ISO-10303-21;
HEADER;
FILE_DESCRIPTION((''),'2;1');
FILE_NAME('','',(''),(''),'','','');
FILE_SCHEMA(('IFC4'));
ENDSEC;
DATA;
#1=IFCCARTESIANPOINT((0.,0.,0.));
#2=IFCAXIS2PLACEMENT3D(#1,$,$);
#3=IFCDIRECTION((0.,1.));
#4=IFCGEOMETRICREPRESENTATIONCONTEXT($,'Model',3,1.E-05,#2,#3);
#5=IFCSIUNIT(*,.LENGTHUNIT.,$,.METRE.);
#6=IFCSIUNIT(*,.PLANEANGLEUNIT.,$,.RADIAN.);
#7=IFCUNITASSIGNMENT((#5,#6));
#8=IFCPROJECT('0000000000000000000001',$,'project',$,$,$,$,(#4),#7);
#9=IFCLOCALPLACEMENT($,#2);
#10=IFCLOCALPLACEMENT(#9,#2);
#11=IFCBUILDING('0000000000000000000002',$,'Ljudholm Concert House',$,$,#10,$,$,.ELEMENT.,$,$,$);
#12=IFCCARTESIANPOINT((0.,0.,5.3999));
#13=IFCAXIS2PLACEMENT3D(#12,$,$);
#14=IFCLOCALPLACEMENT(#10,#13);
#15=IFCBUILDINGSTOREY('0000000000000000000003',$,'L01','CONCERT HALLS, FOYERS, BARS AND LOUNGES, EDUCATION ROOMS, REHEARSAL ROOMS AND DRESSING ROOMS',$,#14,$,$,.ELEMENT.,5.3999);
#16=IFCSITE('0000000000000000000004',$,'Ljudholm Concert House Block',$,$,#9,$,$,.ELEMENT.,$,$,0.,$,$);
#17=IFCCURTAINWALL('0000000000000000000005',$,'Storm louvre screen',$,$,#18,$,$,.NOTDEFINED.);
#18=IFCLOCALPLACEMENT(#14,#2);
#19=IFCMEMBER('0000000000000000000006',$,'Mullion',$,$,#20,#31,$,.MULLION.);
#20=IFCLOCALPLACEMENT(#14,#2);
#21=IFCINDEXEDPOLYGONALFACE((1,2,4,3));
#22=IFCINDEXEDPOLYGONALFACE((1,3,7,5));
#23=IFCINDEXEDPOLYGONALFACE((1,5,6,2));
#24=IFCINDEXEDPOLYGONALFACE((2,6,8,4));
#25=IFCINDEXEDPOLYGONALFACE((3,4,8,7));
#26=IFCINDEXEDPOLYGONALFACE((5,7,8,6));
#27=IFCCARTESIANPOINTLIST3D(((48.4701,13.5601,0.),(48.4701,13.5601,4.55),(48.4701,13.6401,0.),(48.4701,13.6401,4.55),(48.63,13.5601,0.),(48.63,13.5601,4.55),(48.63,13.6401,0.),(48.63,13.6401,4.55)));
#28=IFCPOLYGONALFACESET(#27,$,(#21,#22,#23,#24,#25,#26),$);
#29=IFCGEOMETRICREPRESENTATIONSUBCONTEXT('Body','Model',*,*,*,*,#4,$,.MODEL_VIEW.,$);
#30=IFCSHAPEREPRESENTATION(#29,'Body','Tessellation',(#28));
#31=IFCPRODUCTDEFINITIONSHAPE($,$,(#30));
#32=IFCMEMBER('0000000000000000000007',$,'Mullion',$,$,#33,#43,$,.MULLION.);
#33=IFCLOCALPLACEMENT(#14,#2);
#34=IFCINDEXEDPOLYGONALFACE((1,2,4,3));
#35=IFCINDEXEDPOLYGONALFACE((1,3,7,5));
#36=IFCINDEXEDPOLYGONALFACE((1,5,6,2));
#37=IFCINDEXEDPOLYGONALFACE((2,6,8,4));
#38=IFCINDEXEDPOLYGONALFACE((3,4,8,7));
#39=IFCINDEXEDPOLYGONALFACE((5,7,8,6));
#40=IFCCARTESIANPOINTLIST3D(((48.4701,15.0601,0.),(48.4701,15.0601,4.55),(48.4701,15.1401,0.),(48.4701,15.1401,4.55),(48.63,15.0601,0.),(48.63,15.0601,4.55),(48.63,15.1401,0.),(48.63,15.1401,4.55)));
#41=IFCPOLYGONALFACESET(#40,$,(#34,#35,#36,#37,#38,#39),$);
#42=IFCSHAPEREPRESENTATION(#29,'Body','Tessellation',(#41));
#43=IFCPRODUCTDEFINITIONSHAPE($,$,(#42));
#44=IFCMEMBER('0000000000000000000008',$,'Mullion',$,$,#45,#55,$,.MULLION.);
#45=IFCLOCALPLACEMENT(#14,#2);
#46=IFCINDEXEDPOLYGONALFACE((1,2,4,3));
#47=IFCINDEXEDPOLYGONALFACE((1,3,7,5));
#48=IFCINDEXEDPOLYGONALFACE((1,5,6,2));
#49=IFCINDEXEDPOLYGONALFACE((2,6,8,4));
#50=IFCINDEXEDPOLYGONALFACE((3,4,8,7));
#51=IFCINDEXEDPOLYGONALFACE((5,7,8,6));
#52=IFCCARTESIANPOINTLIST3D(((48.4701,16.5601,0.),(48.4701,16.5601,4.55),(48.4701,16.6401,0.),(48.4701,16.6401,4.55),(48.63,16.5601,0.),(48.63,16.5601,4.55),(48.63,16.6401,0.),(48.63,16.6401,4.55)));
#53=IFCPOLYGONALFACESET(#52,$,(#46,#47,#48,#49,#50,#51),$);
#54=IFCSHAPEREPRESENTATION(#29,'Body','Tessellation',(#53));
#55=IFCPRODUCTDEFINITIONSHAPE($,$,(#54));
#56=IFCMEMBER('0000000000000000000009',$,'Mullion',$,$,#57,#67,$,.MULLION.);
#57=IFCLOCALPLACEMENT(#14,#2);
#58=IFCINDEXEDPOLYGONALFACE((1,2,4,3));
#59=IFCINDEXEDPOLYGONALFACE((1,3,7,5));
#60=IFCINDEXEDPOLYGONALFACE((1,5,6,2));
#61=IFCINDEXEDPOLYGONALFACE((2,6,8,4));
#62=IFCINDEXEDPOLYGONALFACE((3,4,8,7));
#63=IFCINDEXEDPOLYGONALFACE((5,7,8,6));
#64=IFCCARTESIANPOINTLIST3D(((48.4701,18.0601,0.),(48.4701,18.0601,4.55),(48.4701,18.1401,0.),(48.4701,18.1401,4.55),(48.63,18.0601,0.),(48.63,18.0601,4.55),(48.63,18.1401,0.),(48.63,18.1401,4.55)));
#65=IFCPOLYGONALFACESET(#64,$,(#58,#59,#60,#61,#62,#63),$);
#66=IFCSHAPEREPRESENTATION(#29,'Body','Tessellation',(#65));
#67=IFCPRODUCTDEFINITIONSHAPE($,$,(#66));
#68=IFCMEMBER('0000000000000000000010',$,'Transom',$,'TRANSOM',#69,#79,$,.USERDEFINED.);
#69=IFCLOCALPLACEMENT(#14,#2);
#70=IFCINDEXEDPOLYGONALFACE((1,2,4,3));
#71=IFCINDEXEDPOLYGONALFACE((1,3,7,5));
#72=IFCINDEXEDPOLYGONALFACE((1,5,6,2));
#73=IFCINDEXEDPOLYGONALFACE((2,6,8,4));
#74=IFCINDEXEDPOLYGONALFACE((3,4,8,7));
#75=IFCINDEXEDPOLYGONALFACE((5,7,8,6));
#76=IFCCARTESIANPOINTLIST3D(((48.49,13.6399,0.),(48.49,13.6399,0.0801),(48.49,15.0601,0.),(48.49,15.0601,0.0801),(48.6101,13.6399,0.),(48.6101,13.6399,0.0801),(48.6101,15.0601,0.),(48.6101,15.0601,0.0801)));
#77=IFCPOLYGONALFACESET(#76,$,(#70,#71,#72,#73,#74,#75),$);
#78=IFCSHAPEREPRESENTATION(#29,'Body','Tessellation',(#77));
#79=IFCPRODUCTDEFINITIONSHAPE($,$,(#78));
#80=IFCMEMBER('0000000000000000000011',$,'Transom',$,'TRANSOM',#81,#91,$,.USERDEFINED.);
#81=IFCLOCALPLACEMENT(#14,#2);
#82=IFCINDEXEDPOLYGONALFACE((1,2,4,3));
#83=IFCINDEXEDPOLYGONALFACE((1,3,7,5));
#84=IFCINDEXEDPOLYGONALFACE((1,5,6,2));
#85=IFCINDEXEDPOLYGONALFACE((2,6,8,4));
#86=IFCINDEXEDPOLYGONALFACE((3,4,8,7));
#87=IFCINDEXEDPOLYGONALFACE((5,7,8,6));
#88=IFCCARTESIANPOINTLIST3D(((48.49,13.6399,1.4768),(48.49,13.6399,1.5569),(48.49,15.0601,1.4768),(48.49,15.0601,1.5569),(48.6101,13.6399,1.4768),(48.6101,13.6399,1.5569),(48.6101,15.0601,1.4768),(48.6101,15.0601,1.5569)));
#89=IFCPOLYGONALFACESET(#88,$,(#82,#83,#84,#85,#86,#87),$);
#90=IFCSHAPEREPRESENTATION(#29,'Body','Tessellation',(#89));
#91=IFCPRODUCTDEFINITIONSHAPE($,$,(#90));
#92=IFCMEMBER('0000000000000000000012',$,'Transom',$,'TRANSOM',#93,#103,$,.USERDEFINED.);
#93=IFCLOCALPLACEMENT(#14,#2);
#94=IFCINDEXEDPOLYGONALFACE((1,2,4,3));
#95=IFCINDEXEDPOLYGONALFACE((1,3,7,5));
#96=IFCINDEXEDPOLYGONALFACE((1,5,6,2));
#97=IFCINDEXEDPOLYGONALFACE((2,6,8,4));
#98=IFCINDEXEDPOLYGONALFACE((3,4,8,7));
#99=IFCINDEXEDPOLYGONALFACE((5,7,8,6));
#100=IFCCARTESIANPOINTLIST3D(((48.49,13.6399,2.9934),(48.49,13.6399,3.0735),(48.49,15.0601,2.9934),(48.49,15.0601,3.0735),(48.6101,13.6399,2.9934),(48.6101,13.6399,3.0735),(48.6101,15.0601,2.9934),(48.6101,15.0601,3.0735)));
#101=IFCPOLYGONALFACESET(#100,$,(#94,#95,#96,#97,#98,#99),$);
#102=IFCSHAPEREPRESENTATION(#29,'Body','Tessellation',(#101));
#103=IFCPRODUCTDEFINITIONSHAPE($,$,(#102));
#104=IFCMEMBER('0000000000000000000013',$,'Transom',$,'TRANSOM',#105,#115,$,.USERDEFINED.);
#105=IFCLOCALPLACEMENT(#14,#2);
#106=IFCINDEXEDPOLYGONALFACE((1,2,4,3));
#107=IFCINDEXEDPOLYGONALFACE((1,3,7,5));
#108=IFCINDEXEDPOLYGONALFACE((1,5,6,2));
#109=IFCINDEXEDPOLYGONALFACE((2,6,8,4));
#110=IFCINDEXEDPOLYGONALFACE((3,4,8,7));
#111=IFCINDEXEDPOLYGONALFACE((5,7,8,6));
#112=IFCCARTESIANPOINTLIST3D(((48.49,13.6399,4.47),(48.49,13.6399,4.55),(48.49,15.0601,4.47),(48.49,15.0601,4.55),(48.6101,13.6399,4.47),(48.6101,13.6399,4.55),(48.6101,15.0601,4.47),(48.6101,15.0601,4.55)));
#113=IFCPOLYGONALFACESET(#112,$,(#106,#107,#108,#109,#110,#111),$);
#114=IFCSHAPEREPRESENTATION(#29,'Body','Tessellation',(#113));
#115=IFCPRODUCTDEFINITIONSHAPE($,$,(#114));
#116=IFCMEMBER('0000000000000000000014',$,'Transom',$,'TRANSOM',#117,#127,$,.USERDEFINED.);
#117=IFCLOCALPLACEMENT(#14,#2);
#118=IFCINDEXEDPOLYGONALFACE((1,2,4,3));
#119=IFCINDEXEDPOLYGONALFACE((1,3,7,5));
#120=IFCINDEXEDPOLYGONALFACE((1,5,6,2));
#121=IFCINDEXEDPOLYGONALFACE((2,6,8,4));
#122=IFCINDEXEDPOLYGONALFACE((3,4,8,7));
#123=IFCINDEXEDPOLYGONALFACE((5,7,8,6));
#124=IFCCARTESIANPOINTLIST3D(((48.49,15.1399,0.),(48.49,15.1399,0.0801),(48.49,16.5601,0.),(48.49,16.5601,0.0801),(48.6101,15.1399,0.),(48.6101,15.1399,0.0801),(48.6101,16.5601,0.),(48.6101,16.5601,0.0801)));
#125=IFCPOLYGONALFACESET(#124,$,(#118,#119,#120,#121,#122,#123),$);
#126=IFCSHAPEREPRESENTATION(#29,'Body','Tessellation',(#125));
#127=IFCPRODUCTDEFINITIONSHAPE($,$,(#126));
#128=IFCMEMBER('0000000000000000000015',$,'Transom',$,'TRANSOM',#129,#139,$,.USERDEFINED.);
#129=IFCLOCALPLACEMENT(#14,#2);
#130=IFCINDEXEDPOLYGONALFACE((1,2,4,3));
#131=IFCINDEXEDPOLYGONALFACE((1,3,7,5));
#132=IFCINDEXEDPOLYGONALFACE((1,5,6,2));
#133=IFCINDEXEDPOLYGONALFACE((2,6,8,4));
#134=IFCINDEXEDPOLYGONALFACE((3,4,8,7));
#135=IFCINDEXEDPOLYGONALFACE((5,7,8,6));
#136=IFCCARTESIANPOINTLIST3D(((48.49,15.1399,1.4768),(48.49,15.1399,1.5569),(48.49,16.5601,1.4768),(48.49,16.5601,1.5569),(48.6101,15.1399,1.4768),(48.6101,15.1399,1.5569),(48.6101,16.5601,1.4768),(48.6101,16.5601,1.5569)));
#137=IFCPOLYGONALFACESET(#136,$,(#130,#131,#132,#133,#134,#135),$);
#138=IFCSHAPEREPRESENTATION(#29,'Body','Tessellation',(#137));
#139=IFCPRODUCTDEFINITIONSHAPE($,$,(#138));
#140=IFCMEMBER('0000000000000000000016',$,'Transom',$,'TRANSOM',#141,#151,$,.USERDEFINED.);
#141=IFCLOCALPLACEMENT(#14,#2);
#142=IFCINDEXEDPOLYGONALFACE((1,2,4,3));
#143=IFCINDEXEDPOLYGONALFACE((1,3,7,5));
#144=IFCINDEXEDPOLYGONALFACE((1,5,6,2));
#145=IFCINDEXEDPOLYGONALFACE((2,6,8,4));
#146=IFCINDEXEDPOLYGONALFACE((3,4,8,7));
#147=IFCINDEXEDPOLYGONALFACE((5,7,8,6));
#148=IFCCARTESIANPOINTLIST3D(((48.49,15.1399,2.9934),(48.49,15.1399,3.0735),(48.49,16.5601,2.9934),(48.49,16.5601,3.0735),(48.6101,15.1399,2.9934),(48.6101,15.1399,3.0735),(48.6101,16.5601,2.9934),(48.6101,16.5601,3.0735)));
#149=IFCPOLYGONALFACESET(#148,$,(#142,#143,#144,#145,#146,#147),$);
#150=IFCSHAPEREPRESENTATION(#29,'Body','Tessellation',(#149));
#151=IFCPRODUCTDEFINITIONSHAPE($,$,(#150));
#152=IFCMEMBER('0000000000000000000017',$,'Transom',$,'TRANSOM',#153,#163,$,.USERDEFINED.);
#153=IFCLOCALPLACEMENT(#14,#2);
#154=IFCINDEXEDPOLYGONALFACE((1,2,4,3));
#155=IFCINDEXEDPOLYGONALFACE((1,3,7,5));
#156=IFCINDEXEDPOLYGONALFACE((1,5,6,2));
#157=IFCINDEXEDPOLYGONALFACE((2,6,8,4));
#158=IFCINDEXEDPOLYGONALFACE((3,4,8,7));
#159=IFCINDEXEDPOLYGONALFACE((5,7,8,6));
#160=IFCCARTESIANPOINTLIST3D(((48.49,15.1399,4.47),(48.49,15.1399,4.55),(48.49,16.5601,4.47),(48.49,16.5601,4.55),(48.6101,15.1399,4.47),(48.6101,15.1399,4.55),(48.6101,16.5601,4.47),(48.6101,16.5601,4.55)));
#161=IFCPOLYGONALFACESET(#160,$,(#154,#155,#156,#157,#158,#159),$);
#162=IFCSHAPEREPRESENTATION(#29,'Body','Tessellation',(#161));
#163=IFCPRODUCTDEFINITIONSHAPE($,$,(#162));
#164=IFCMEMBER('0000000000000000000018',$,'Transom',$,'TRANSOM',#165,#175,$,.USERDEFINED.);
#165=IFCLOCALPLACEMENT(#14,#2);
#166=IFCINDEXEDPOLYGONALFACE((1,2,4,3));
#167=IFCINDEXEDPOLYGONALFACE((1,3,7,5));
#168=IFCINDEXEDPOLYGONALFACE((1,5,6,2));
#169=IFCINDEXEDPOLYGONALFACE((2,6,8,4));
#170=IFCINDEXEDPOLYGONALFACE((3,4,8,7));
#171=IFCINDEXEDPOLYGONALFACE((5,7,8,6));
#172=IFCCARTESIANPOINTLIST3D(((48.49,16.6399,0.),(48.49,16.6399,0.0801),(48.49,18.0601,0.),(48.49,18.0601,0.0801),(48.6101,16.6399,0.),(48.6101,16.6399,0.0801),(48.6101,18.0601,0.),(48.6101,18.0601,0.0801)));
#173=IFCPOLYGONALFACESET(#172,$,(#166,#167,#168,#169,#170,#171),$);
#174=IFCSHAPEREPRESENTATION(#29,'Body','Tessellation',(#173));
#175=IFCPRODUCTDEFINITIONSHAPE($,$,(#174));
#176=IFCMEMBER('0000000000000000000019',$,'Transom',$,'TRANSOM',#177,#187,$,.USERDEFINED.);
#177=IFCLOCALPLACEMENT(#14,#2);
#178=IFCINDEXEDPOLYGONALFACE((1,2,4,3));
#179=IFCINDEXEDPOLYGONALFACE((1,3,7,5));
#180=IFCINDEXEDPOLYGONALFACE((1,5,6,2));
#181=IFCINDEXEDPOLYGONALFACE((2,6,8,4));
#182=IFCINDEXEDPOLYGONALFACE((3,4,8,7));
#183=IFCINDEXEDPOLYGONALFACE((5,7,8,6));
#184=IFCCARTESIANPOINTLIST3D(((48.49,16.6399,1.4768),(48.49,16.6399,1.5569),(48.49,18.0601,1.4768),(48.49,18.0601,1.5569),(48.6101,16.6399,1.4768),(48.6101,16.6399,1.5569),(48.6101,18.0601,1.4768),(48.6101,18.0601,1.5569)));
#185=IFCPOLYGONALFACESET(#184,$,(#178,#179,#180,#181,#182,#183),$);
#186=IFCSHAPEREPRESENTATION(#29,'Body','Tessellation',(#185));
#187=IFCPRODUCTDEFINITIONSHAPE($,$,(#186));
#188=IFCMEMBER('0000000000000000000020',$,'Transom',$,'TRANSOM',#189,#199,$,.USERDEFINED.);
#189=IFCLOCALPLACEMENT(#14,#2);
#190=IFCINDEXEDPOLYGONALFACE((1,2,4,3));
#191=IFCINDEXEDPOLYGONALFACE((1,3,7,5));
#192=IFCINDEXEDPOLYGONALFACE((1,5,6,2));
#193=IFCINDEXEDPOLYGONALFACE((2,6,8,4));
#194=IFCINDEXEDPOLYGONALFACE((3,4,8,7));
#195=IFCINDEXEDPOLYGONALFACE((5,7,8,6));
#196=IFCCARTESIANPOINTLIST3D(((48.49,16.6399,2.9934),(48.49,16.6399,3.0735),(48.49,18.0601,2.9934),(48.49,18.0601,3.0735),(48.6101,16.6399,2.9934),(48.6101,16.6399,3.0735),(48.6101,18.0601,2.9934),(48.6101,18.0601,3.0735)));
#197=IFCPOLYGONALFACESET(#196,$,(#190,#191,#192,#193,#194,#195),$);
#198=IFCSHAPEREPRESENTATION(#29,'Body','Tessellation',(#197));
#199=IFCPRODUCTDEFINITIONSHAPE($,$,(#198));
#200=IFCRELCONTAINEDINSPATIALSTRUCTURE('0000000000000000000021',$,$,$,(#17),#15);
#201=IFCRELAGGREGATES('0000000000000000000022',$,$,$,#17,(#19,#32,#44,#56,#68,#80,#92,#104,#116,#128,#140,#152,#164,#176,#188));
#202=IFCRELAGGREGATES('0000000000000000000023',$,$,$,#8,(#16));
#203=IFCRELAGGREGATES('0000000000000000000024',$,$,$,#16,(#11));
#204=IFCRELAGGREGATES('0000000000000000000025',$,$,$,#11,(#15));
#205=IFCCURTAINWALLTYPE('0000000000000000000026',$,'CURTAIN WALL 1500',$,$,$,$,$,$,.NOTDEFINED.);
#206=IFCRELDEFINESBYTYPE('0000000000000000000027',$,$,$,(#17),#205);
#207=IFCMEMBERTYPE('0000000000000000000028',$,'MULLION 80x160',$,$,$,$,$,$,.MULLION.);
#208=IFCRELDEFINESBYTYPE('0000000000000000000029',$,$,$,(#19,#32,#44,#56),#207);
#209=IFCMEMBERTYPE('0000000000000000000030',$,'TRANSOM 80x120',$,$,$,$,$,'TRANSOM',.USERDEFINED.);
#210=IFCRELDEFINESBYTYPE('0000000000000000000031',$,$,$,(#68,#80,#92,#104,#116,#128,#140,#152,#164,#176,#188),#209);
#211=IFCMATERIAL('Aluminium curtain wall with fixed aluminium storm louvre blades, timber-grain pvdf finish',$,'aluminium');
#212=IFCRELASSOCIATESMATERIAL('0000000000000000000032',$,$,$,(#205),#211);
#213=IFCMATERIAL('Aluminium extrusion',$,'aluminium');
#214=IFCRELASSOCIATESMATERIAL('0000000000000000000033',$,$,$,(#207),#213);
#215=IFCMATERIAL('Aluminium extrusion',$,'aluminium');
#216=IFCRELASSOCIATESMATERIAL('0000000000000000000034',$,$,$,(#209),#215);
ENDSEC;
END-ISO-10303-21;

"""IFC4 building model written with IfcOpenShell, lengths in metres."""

from ifc_helpers import new_model, si_unit, direction, frame, origin, origin_2d, place, context, subcontext, project, spatial, rectangle, extrude, material, material_profile, profile_set, type_object, element, aggregate, save


model = new_model("IFC4")

# Units and contexts
model_context = context("Model", 3, precision=1e-05, world=origin(), true_north=direction((0.0, 1.0)))
body_context = subcontext(model_context, "Body", "Model", "MODEL_VIEW")
ifc_project = project(units=[si_unit("LENGTHUNIT", "METRE"), si_unit("PLANEANGLEUNIT", "RADIAN")], contexts=[model_context])

# Site, building, storey
site_placement = place(None, origin())
site = spatial("IfcSite", under=ifc_project, at=site_placement, Name="Ljudholm Concert House Block", CompositionType="ELEMENT", RefElevation=0.0)
building_placement = place(site_placement, origin())
building = spatial("IfcBuilding", under=site, at=building_placement, Name="Ljudholm Concert House", CompositionType="ELEMENT")
storey_placement = place(building_placement, frame((0.0, 0.0, 5.3999)))
storey = spatial("IfcBuildingStorey", under=building, at=storey_placement, Name="L01", Description="CONCERT HALLS, FOYERS, BARS AND LOUNGES, EDUCATION ROOMS, REHEARSAL ROOMS AND DRESSING ROOMS", CompositionType="ELEMENT", Elevation=5.3999)

# Curtain wall, members
ifc_material_1 = material(Name="Aluminium curtain wall with fixed aluminium storm louvre blades, timber-grain pvdf finish", Category="aluminium")
curtain_wall_type = type_object("IfcCurtainWallType", Name="CURTAIN WALL 1500", PredefinedType="NOTDEFINED", material=ifc_material_1)
curtain_wall_placement = place(storey_placement, origin())
curtain_wall = element("IfcCurtainWall", 1, at=curtain_wall_placement, inside=storey, type_object=curtain_wall_type, Name="Storm louvre screen", PredefinedType="NOTDEFINED")
ifc_material_2 = material(Name="Aluminium extrusion", Category="aluminium")
ifc_material_profile_1 = material_profile(ifc_material_2, rectangle(XDim=0.1599, YDim=0.0801, at=origin_2d()), Name="MULLION 80x160")
ifc_profile_set_1 = profile_set([ifc_material_profile_1], Name="Aluminium extrusion")
member_type_1 = type_object("IfcMemberType", Name="MULLION 80x160", PredefinedType="MULLION", material=ifc_profile_set_1)
member_1_placement = place(storey_placement, frame((48.55, 13.6001, 0.0), z_axis=(0.0, 0.0, 1.0), x_axis=(-1.0, 0.0, 0.0)))
member_1 = element("IfcMember", 2, at=member_1_placement, type_object=member_type_1, Name="Mullion", PredefinedType="MULLION", context=body_context, shape_type="SweptSolid", body=[
    extrude(rectangle(XDim=0.1599, YDim=0.0801, at=origin_2d()), origin(), (0.0, 0.0, 1.0), 4.55),
])
member_2_placement = place(storey_placement, frame((48.55, 15.1001, 0.0), z_axis=(0.0, 0.0, 1.0), x_axis=(-1.0, 0.0, 0.0)))
member_2 = element("IfcMember", 3, at=member_2_placement, type_object=member_type_1, Name="Mullion", PredefinedType="MULLION", context=body_context, shape_type="SweptSolid", body=[
    extrude(rectangle(XDim=0.1599, YDim=0.0801, at=origin_2d()), origin(), (0.0, 0.0, 1.0), 4.55),
])
member_3_placement = place(storey_placement, frame((48.55, 16.6001, 0.0), z_axis=(0.0, 0.0, 1.0), x_axis=(-1.0, 0.0, 0.0)))
member_3 = element("IfcMember", 4, at=member_3_placement, type_object=member_type_1, Name="Mullion", PredefinedType="MULLION", context=body_context, shape_type="SweptSolid", body=[
    extrude(rectangle(XDim=0.1599, YDim=0.0801, at=origin_2d()), origin(), (0.0, 0.0, 1.0), 4.55),
])
member_4_placement = place(storey_placement, frame((48.55, 18.1001, 0.0), z_axis=(0.0, 0.0, 1.0), x_axis=(-1.0, 0.0, 0.0)))
member_4 = element("IfcMember", 5, at=member_4_placement, type_object=member_type_1, Name="Mullion", PredefinedType="MULLION", context=body_context, shape_type="SweptSolid", body=[
    extrude(rectangle(XDim=0.1599, YDim=0.0801, at=origin_2d()), origin(), (0.0, 0.0, 1.0), 4.55),
])
ifc_material_3 = material(Name="Aluminium extrusion", Category="aluminium")
ifc_material_profile_2 = material_profile(ifc_material_3, rectangle(XDim=0.1201, YDim=0.0801, at=origin_2d()), Name="TRANSOM 80x120")
ifc_profile_set_2 = profile_set([ifc_material_profile_2], Name="Aluminium extrusion")
member_type_2 = type_object("IfcMemberType", Name="TRANSOM 80x120", ElementType="TRANSOM", PredefinedType="USERDEFINED", material=ifc_profile_set_2)
member_5_placement = place(storey_placement, frame((48.55, 13.6399, 0.04), z_axis=(0.0, 1.0, 0.0), x_axis=(-1.0, 0.0, 0.0)))
member_5 = element("IfcMember", 6, at=member_5_placement, type_object=member_type_2, Name="Transom", ObjectType="TRANSOM", PredefinedType="USERDEFINED", context=body_context, shape_type="SweptSolid", body=[
    extrude(rectangle(XDim=0.1201, YDim=0.0801, at=origin_2d()), origin(), (0.0, 0.0, 1.0), 1.4202),
])
member_6_placement = place(storey_placement, frame((48.55, 13.6399, 1.5168), z_axis=(0.0, 1.0, 0.0), x_axis=(-1.0, 0.0, 0.0)))
member_6 = element("IfcMember", 7, at=member_6_placement, type_object=member_type_2, Name="Transom", ObjectType="TRANSOM", PredefinedType="USERDEFINED", context=body_context, shape_type="SweptSolid", body=[
    extrude(rectangle(XDim=0.1201, YDim=0.0801, at=origin_2d()), origin(), (0.0, 0.0, 1.0), 1.4202),
])
member_7_placement = place(storey_placement, frame((48.55, 13.6399, 3.0334), z_axis=(0.0, 1.0, 0.0), x_axis=(-1.0, 0.0, 0.0)))
member_7 = element("IfcMember", 8, at=member_7_placement, type_object=member_type_2, Name="Transom", ObjectType="TRANSOM", PredefinedType="USERDEFINED", context=body_context, shape_type="SweptSolid", body=[
    extrude(rectangle(XDim=0.1201, YDim=0.0801, at=origin_2d()), origin(), (0.0, 0.0, 1.0), 1.4202),
])
member_8_placement = place(storey_placement, frame((48.55, 13.6399, 4.51), z_axis=(0.0, 1.0, 0.0), x_axis=(-1.0, 0.0, 0.0)))
member_8 = element("IfcMember", 9, at=member_8_placement, type_object=member_type_2, Name="Transom", ObjectType="TRANSOM", PredefinedType="USERDEFINED", context=body_context, shape_type="SweptSolid", body=[
    extrude(rectangle(XDim=0.1201, YDim=0.0801, at=origin_2d()), origin(), (0.0, 0.0, 1.0), 1.4202),
])
member_9_placement = place(storey_placement, frame((48.55, 15.1399, 0.04), z_axis=(0.0, 1.0, 0.0), x_axis=(-1.0, 0.0, 0.0)))
member_9 = element("IfcMember", 10, at=member_9_placement, type_object=member_type_2, Name="Transom", ObjectType="TRANSOM", PredefinedType="USERDEFINED", context=body_context, shape_type="SweptSolid", body=[
    extrude(rectangle(XDim=0.1201, YDim=0.0801, at=origin_2d()), origin(), (0.0, 0.0, 1.0), 1.4202),
])
member_10_placement = place(storey_placement, frame((48.55, 15.1399, 1.5168), z_axis=(0.0, 1.0, 0.0), x_axis=(-1.0, 0.0, 0.0)))
member_10 = element("IfcMember", 11, at=member_10_placement, type_object=member_type_2, Name="Transom", ObjectType="TRANSOM", PredefinedType="USERDEFINED", context=body_context, shape_type="SweptSolid", body=[
    extrude(rectangle(XDim=0.1201, YDim=0.0801, at=origin_2d()), origin(), (0.0, 0.0, 1.0), 1.4202),
])
member_11_placement = place(storey_placement, frame((48.55, 15.1399, 3.0334), z_axis=(0.0, 1.0, 0.0), x_axis=(-1.0, 0.0, 0.0)))
member_11 = element("IfcMember", 12, at=member_11_placement, type_object=member_type_2, Name="Transom", ObjectType="TRANSOM", PredefinedType="USERDEFINED", context=body_context, shape_type="SweptSolid", body=[
    extrude(rectangle(XDim=0.1201, YDim=0.0801, at=origin_2d()), origin(), (0.0, 0.0, 1.0), 1.4202),
])
member_12_placement = place(storey_placement, frame((48.55, 15.1399, 4.51), z_axis=(0.0, 1.0, 0.0), x_axis=(-1.0, 0.0, 0.0)))
member_12 = element("IfcMember", 13, at=member_12_placement, type_object=member_type_2, Name="Transom", ObjectType="TRANSOM", PredefinedType="USERDEFINED", context=body_context, shape_type="SweptSolid", body=[
    extrude(rectangle(XDim=0.1201, YDim=0.0801, at=origin_2d()), origin(), (0.0, 0.0, 1.0), 1.4202),
])
member_13_placement = place(storey_placement, frame((48.55, 16.6399, 0.04), z_axis=(0.0, 1.0, 0.0), x_axis=(-1.0, 0.0, 0.0)))
member_13 = element("IfcMember", 14, at=member_13_placement, type_object=member_type_2, Name="Transom", ObjectType="TRANSOM", PredefinedType="USERDEFINED", context=body_context, shape_type="SweptSolid", body=[
    extrude(rectangle(XDim=0.1201, YDim=0.0801, at=origin_2d()), origin(), (0.0, 0.0, 1.0), 1.4202),
])
member_14_placement = place(storey_placement, frame((48.55, 16.6399, 1.5168), z_axis=(0.0, 1.0, 0.0), x_axis=(-1.0, 0.0, 0.0)))
member_14 = element("IfcMember", 15, at=member_14_placement, type_object=member_type_2, Name="Transom", ObjectType="TRANSOM", PredefinedType="USERDEFINED", context=body_context, shape_type="SweptSolid", body=[
    extrude(rectangle(XDim=0.1201, YDim=0.0801, at=origin_2d()), origin(), (0.0, 0.0, 1.0), 1.4202),
])
member_15_placement = place(storey_placement, frame((48.55, 16.6399, 3.0334), z_axis=(0.0, 1.0, 0.0), x_axis=(-1.0, 0.0, 0.0)))
member_15 = element("IfcMember", 16, at=member_15_placement, type_object=member_type_2, Name="Transom", ObjectType="TRANSOM", PredefinedType="USERDEFINED", context=body_context, shape_type="SweptSolid", body=[
    extrude(rectangle(XDim=0.1201, YDim=0.0801, at=origin_2d()), origin(), (0.0, 0.0, 1.0), 1.4202),
])
aggregate(curtain_wall, [member_1, member_2, member_3, member_4, member_5, member_6, member_7, member_8, member_9, member_10, member_11, member_12, member_13, member_14, member_15])

save(model, "model.ifc")
